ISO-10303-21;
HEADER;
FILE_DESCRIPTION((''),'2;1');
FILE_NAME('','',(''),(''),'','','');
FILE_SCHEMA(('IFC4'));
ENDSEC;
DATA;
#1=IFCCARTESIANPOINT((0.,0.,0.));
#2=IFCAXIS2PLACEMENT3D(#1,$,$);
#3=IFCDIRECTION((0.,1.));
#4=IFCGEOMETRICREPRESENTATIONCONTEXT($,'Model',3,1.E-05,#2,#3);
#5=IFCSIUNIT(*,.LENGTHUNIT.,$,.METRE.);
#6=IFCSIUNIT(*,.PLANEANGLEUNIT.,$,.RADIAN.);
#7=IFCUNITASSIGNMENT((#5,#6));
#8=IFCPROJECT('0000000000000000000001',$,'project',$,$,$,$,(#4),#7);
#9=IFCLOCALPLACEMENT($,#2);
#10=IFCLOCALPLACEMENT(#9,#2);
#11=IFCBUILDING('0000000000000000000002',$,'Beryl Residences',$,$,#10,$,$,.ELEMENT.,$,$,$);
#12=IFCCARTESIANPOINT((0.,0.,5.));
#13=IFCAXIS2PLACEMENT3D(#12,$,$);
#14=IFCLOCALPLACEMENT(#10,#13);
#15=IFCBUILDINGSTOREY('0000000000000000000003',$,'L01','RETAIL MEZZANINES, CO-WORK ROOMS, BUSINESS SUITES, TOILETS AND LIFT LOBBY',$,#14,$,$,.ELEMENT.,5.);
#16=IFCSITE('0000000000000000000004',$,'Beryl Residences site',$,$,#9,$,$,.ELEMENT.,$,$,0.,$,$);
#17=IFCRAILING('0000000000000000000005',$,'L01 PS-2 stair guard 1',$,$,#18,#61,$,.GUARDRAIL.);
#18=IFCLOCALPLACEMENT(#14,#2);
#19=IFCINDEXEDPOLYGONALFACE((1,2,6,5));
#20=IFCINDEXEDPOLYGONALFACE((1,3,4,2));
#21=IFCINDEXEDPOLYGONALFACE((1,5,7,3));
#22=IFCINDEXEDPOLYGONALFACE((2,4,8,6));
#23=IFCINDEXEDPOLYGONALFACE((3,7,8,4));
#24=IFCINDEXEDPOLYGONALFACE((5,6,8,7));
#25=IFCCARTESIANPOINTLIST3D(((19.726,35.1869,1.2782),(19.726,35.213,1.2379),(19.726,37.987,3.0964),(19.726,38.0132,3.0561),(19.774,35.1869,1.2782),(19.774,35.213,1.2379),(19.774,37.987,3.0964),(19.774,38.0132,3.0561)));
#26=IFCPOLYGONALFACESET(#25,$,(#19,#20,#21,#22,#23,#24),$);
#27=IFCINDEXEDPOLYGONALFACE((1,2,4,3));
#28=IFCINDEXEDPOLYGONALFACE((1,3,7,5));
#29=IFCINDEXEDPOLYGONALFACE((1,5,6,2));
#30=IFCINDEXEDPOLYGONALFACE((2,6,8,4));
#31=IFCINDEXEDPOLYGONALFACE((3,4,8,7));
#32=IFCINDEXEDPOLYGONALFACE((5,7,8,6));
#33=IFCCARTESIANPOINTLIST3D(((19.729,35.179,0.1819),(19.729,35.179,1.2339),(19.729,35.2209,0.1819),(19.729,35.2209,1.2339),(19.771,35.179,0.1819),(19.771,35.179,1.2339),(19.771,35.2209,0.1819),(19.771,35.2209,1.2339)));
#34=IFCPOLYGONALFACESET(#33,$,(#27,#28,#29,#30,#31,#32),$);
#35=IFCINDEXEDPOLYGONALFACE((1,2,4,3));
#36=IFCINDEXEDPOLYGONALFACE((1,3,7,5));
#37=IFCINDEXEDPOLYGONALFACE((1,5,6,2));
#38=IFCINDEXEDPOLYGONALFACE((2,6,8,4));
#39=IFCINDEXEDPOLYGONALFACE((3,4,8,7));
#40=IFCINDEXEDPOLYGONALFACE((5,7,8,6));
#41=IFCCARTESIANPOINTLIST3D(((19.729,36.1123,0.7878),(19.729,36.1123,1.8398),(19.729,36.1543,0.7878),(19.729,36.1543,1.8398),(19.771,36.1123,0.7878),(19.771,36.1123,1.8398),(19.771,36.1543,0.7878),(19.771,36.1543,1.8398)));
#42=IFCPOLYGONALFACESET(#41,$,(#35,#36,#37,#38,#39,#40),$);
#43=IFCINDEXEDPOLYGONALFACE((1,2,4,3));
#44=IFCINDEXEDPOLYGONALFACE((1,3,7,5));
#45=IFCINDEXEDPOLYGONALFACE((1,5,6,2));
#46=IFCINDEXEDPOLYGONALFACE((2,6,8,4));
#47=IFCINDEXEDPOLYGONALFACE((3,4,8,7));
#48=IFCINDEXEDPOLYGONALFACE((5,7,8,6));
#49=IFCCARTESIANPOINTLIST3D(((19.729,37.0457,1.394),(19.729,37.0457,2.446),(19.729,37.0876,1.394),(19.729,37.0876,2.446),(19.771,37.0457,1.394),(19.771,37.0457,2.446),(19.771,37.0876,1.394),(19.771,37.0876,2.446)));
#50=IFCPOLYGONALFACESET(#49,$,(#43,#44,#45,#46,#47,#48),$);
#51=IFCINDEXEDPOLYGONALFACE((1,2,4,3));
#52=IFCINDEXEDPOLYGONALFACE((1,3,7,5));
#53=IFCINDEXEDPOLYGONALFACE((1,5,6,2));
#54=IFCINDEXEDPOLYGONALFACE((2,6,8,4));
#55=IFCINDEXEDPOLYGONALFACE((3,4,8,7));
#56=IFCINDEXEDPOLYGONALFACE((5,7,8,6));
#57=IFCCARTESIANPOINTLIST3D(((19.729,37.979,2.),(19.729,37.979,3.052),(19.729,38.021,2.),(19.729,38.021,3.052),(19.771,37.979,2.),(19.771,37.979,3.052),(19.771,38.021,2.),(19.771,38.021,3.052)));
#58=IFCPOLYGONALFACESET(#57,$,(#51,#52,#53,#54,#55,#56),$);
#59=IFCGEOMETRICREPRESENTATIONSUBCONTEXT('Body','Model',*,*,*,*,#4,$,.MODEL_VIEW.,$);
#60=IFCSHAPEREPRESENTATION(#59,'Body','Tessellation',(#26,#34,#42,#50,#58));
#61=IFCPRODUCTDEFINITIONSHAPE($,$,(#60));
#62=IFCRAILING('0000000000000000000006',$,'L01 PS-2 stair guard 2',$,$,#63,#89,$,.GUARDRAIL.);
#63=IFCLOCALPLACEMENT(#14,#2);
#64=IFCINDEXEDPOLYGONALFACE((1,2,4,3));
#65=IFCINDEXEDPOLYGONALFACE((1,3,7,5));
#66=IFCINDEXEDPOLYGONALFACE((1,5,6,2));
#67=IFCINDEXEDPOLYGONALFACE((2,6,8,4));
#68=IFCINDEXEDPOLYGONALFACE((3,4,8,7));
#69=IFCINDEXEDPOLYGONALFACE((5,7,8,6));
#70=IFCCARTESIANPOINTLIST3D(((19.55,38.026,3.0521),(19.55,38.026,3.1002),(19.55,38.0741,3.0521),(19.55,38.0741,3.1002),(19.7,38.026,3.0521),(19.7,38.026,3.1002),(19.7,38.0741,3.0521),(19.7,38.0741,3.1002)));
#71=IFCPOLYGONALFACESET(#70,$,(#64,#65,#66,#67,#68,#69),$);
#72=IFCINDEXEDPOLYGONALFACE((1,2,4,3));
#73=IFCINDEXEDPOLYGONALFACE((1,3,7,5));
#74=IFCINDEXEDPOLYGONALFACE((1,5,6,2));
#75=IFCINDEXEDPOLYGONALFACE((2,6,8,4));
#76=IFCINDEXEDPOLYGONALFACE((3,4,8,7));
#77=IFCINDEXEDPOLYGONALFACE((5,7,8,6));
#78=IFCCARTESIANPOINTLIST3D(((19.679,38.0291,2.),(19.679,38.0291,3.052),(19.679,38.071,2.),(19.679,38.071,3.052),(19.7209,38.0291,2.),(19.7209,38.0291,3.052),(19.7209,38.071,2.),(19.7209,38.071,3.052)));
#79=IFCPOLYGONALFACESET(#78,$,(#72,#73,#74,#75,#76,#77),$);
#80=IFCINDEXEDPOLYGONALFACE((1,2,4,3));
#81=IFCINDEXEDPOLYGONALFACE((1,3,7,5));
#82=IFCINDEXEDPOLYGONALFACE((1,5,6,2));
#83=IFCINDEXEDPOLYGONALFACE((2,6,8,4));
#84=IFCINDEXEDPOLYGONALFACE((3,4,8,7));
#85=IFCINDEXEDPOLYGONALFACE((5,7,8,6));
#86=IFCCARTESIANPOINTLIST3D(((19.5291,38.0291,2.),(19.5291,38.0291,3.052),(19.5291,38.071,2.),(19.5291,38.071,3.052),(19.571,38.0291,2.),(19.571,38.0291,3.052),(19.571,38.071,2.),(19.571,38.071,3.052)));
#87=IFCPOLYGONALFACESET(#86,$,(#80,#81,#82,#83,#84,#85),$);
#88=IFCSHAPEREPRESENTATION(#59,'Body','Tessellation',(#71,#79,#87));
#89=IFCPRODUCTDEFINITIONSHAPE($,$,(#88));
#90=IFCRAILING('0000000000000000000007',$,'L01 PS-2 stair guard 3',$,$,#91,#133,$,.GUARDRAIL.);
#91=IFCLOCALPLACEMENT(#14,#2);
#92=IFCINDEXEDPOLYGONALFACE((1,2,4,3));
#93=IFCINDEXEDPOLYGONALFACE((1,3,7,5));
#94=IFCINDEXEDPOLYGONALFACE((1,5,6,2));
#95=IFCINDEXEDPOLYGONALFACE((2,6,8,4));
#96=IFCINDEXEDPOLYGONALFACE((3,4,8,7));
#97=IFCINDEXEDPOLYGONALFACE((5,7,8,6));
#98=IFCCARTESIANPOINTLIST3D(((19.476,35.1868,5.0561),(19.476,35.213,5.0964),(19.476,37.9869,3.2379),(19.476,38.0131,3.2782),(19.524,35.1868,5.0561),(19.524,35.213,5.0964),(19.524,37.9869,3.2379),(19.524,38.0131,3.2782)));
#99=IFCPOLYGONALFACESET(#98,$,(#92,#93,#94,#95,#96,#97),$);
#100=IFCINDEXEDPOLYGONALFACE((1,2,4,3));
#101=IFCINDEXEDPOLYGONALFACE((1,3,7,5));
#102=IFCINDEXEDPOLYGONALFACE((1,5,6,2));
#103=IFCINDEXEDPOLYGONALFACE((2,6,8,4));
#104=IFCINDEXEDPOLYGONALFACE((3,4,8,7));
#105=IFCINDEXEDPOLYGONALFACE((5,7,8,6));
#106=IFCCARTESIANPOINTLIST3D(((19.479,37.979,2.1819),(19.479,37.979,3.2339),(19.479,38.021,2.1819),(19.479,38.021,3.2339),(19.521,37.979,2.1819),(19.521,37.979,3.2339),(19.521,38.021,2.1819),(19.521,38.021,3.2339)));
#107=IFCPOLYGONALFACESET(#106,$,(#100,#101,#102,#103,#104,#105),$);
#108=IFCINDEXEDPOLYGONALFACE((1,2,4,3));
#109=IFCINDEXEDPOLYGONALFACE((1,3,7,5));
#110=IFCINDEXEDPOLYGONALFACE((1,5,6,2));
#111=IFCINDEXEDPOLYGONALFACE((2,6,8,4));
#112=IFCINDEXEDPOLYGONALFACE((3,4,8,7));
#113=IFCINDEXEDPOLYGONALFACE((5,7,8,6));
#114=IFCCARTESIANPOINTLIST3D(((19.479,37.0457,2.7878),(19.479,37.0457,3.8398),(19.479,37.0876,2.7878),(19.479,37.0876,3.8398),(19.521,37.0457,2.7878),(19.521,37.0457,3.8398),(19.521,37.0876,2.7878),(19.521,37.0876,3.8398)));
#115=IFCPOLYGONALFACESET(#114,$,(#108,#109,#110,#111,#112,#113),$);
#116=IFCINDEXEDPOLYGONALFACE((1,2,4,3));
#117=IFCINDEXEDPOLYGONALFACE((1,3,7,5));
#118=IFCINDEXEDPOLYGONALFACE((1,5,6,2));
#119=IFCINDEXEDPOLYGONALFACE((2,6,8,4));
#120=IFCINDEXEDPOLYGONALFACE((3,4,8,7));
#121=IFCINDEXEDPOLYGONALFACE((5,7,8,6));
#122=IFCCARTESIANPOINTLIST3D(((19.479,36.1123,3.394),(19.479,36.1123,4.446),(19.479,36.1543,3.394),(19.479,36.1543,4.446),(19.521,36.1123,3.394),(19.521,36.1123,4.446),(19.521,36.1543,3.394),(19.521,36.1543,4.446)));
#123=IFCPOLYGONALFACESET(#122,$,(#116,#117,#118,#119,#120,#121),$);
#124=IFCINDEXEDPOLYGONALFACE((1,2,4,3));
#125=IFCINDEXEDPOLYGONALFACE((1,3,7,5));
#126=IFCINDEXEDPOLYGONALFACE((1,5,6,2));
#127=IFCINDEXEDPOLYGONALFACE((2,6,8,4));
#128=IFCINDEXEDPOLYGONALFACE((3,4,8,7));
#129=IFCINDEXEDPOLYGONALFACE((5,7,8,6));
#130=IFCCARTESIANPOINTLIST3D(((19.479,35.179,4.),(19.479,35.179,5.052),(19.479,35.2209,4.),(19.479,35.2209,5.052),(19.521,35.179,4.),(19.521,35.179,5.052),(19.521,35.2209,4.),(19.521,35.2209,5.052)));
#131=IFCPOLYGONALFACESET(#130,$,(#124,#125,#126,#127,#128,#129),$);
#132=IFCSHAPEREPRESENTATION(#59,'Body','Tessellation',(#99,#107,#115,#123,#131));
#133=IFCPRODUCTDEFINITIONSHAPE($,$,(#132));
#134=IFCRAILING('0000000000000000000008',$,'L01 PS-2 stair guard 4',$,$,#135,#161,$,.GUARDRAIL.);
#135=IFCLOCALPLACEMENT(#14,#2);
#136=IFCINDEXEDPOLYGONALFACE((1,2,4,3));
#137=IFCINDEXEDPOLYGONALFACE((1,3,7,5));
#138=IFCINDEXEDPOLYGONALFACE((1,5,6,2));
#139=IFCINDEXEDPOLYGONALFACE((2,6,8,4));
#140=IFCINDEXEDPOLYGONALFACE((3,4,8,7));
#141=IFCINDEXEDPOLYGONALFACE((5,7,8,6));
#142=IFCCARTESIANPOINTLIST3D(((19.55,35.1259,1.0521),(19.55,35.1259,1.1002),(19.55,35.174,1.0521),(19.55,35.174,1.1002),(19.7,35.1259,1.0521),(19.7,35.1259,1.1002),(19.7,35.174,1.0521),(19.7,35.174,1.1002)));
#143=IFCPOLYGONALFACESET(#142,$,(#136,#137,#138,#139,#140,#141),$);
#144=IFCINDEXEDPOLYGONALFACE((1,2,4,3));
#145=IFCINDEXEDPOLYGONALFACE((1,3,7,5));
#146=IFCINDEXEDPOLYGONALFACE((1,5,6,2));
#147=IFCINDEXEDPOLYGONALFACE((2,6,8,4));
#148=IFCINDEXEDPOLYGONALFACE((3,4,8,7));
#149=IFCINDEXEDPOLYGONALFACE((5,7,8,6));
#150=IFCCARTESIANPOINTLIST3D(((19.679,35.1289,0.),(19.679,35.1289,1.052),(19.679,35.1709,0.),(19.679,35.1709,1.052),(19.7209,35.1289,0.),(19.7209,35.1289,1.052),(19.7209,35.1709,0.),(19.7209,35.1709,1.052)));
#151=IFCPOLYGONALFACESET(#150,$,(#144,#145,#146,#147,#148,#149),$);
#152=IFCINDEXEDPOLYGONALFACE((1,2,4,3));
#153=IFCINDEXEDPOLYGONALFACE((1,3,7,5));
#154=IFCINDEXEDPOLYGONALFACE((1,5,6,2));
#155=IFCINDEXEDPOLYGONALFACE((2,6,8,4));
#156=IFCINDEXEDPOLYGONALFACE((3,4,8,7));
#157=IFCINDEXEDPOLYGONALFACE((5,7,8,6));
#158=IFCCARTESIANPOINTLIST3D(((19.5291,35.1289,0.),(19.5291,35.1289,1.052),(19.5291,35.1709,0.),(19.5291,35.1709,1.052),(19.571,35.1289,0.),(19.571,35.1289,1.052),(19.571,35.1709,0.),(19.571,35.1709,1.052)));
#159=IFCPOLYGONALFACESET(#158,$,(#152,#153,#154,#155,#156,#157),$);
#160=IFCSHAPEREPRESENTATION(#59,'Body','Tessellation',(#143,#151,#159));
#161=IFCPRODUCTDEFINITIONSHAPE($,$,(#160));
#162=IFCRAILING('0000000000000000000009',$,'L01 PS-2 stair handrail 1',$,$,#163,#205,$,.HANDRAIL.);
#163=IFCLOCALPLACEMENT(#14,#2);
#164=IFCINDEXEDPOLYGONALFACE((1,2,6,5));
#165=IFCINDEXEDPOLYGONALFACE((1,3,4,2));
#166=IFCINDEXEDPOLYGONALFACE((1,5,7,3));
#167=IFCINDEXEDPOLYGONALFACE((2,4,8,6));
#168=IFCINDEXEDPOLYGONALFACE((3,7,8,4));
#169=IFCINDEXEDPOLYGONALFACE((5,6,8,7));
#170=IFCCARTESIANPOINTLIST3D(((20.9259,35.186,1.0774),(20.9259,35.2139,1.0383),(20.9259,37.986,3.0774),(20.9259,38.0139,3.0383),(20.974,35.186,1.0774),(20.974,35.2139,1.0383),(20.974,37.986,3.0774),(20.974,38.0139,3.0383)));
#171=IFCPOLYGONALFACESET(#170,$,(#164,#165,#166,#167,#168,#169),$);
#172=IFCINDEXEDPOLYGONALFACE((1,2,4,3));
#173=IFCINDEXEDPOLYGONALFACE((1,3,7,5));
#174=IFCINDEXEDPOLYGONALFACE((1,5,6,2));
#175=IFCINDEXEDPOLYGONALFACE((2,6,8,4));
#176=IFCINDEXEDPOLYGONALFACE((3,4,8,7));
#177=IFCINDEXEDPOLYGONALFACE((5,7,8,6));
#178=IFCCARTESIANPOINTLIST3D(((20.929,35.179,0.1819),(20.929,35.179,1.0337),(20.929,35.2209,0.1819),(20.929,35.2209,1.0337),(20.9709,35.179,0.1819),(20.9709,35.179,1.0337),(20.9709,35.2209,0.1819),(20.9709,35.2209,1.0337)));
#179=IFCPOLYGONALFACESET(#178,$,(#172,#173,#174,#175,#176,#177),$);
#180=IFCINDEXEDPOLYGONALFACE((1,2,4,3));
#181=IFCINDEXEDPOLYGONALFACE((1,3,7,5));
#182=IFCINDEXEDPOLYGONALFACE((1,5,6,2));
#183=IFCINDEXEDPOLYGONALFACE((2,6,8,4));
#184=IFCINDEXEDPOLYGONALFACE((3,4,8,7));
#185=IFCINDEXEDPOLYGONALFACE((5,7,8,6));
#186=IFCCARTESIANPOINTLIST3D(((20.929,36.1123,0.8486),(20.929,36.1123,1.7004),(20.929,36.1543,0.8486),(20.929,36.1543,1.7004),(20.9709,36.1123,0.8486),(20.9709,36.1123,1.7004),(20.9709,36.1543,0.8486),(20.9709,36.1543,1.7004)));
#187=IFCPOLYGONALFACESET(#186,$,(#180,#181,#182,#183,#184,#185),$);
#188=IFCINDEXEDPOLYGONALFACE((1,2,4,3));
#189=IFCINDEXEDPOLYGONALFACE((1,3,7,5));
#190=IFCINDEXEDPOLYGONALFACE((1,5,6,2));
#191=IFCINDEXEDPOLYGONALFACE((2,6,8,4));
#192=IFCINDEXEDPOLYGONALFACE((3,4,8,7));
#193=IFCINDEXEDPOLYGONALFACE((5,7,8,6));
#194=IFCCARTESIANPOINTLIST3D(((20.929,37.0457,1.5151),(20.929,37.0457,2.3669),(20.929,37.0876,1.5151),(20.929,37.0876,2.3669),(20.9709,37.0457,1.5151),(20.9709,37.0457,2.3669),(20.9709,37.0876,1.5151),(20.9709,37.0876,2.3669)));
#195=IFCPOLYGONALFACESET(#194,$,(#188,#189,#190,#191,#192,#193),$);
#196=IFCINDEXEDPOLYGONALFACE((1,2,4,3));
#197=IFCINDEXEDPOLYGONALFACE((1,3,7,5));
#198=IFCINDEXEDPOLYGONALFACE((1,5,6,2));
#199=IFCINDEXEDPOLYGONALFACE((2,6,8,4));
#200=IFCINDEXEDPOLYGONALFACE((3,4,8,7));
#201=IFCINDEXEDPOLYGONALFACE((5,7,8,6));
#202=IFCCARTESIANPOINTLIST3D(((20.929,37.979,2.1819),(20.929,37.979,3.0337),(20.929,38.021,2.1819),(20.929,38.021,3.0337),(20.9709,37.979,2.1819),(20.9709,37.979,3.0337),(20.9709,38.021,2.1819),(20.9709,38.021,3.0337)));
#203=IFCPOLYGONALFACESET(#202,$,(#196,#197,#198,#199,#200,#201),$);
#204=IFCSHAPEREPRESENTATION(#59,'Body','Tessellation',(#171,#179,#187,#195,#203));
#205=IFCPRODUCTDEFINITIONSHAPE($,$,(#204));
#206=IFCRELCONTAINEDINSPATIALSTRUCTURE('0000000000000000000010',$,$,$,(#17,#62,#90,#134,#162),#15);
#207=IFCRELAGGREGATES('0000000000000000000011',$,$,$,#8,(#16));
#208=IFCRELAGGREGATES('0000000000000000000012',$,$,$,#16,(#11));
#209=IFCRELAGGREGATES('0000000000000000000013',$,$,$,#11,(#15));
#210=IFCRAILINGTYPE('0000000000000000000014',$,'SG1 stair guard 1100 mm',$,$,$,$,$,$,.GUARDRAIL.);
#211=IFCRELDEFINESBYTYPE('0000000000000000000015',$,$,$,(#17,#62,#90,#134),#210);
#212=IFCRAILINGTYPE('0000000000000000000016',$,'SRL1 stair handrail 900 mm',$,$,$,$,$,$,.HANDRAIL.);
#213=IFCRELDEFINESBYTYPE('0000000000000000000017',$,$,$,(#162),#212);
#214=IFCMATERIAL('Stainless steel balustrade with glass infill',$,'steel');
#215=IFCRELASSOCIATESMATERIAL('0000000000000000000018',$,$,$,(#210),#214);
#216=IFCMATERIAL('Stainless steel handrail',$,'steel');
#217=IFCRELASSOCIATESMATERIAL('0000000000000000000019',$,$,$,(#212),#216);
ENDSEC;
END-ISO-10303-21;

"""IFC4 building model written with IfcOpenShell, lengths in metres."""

from ifc_helpers import new_model, si_unit, direction, frame, origin, origin_2d, place, context, subcontext, project, spatial, rectangle, extrude, material, type_object, element, save


model = new_model("IFC4")

# Units and contexts
model_context = context("Model", 3, precision=1e-05, world=origin(), true_north=direction((0.0, 1.0)))
body_context = subcontext(model_context, "Body", "Model", "MODEL_VIEW")
ifc_project = project(units=[si_unit("LENGTHUNIT", "METRE"), si_unit("PLANEANGLEUNIT", "RADIAN")], contexts=[model_context])

# Site, building, storey
site_placement = place(None, origin())
site = spatial("IfcSite", under=ifc_project, at=site_placement, Name="Beryl Residences site", CompositionType="ELEMENT", RefElevation=0.0)
building_placement = place(site_placement, origin())
building = spatial("IfcBuilding", under=site, at=building_placement, Name="Beryl Residences", CompositionType="ELEMENT")
storey_placement = place(building_placement, frame((0.0, 0.0, 5.0)))
storey = spatial("IfcBuildingStorey", under=building, at=storey_placement, Name="L01", Description="RETAIL MEZZANINES, CO-WORK ROOMS, BUSINESS SUITES, TOILETS AND LIFT LOBBY", CompositionType="ELEMENT", Elevation=5.0)

# Railings
ifc_material_1 = material(Name="Stainless steel balustrade with glass infill", Category="steel")
railing_type_1 = type_object("IfcRailingType", Name="SG1 stair guard 1100 mm", PredefinedType="GUARDRAIL", material=ifc_material_1)
railing_1_placement = place(storey_placement, frame((19.75, 35.2, 0.1819)))
element("IfcRailing", 1, at=railing_1_placement, inside=storey, type_object=railing_type_1, Name="L01 PS-2 stair guard 1", PredefinedType="GUARDRAIL", context=body_context, shape_type="SweptSolid", body=[
    extrude(rectangle(XDim=0.0481, YDim=0.0481, at=origin_2d()), frame((0.0, 0.0, 1.0762), z_axis=(0.0, 0.838706, 0.544585), x_axis=(-1.0, 0.0, 0.0)), (0.0, 0.0, 1.0), 3.3386),
    extrude(rectangle(XDim=0.042, YDim=0.042, at=origin_2d()), origin(), (0.0, 0.0, 1.0), 1.052),
    extrude(rectangle(XDim=0.042, YDim=0.042, at=origin_2d()), frame((0.0, 0.9333, 0.606)), (0.0, 0.0, 1.0), 1.052),
    extrude(rectangle(XDim=0.042, YDim=0.042, at=origin_2d()), frame((0.0, 1.8667, 1.2122)), (0.0, 0.0, 1.0), 1.052),
    extrude(rectangle(XDim=0.042, YDim=0.042, at=origin_2d()), frame((0.0, 2.8, 1.8181)), (0.0, 0.0, 1.0), 1.052),
])
railing_2_placement = place(storey_placement, frame((19.7, 38.05, 2.0)))
element("IfcRailing", 2, at=railing_2_placement, inside=storey, type_object=railing_type_1, Name="L01 PS-2 stair guard 2", PredefinedType="GUARDRAIL", context=body_context, shape_type="SweptSolid", body=[
    extrude(rectangle(XDim=0.0481, YDim=0.0481, at=origin_2d()), frame((0.0, 0.0, 1.0762), z_axis=(-1.0, 0.0, 0.0), x_axis=(0.0, -1.0, 0.0)), (0.0, 0.0, 1.0), 0.1499),
    extrude(rectangle(XDim=0.042, YDim=0.042, at=origin_2d()), origin(), (0.0, 0.0, 1.0), 1.052),
    extrude(rectangle(XDim=0.042, YDim=0.042, at=origin_2d()), frame((-0.1499, 0.0, 0.0)), (0.0, 0.0, 1.0), 1.052),
])
railing_3_placement = place(storey_placement, frame((19.5, 38.0, 2.1819)))
element("IfcRailing", 3, at=railing_3_placement, inside=storey, type_object=railing_type_1, Name="L01 PS-2 stair guard 3", PredefinedType="GUARDRAIL", context=body_context, shape_type="SweptSolid", body=[
    extrude(rectangle(XDim=0.0481, YDim=0.0481, at=origin_2d()), frame((0.0, 0.0, 1.0762), z_axis=(0.0, -0.838706, 0.544585), x_axis=(1.0, 0.0, 0.0)), (0.0, 0.0, 1.0), 3.3386),
    extrude(rectangle(XDim=0.042, YDim=0.042, at=origin_2d()), origin(), (0.0, 0.0, 1.0), 1.052),
    extrude(rectangle(XDim=0.042, YDim=0.042, at=origin_2d()), frame((0.0, -0.9333, 0.606)), (0.0, 0.0, 1.0), 1.052),
    extrude(rectangle(XDim=0.042, YDim=0.042, at=origin_2d()), frame((0.0, -1.8667, 1.2122)), (0.0, 0.0, 1.0), 1.052),
    extrude(rectangle(XDim=0.042, YDim=0.042, at=origin_2d()), frame((0.0, -2.8, 1.8181)), (0.0, 0.0, 1.0), 1.052),
])
railing_4_placement = place(storey_placement, frame((19.7, 35.1499, 0.0)))
element("IfcRailing", 4, at=railing_4_placement, inside=storey, type_object=railing_type_1, Name="L01 PS-2 stair guard 4", PredefinedType="GUARDRAIL", context=body_context, shape_type="SweptSolid", body=[
    extrude(rectangle(XDim=0.0481, YDim=0.0481, at=origin_2d()), frame((0.0, 0.0, 1.0762), z_axis=(-1.0, 0.0, 0.0), x_axis=(0.0, -1.0, 0.0)), (0.0, 0.0, 1.0), 0.1499),
    extrude(rectangle(XDim=0.042, YDim=0.042, at=origin_2d()), origin(), (0.0, 0.0, 1.0), 1.052),
    extrude(rectangle(XDim=0.042, YDim=0.042, at=origin_2d()), frame((-0.1499, 0.0, 0.0)), (0.0, 0.0, 1.0), 1.052),
])
ifc_material_2 = material(Name="Stainless steel handrail", Category="steel")
railing_type_2 = type_object("IfcRailingType", Name="SRL1 stair handrail 900 mm", PredefinedType="HANDRAIL", material=ifc_material_2)
railing_5_placement = place(storey_placement, frame((20.95, 35.2, 0.1819)))
element("IfcRailing", 5, at=railing_5_placement, inside=storey, type_object=railing_type_2, Name="L01 PS-2 stair handrail 1", PredefinedType="HANDRAIL", context=body_context, shape_type="SweptSolid", body=[
    extrude(rectangle(XDim=0.0481, YDim=0.0481, at=origin_2d()), frame((0.0, 0.0, 0.876), z_axis=(0.0, 0.813738, 0.581231), x_axis=(-1.0, 0.0, 0.0)), (0.0, 0.0, 1.0), 3.4409),
    extrude(rectangle(XDim=0.042, YDim=0.042, at=origin_2d()), origin(), (0.0, 0.0, 1.0), 0.8518),
    extrude(rectangle(XDim=0.042, YDim=0.042, at=origin_2d()), frame((0.0, 0.9333, 0.6667)), (0.0, 0.0, 1.0), 0.8518),
    extrude(rectangle(XDim=0.042, YDim=0.042, at=origin_2d()), frame((0.0, 1.8667, 1.3333)), (0.0, 0.0, 1.0), 0.8518),
    extrude(rectangle(XDim=0.042, YDim=0.042, at=origin_2d()), frame((0.0, 2.8, 2.0)), (0.0, 0.0, 1.0), 0.8518),
])

save(model, "model.ifc")
